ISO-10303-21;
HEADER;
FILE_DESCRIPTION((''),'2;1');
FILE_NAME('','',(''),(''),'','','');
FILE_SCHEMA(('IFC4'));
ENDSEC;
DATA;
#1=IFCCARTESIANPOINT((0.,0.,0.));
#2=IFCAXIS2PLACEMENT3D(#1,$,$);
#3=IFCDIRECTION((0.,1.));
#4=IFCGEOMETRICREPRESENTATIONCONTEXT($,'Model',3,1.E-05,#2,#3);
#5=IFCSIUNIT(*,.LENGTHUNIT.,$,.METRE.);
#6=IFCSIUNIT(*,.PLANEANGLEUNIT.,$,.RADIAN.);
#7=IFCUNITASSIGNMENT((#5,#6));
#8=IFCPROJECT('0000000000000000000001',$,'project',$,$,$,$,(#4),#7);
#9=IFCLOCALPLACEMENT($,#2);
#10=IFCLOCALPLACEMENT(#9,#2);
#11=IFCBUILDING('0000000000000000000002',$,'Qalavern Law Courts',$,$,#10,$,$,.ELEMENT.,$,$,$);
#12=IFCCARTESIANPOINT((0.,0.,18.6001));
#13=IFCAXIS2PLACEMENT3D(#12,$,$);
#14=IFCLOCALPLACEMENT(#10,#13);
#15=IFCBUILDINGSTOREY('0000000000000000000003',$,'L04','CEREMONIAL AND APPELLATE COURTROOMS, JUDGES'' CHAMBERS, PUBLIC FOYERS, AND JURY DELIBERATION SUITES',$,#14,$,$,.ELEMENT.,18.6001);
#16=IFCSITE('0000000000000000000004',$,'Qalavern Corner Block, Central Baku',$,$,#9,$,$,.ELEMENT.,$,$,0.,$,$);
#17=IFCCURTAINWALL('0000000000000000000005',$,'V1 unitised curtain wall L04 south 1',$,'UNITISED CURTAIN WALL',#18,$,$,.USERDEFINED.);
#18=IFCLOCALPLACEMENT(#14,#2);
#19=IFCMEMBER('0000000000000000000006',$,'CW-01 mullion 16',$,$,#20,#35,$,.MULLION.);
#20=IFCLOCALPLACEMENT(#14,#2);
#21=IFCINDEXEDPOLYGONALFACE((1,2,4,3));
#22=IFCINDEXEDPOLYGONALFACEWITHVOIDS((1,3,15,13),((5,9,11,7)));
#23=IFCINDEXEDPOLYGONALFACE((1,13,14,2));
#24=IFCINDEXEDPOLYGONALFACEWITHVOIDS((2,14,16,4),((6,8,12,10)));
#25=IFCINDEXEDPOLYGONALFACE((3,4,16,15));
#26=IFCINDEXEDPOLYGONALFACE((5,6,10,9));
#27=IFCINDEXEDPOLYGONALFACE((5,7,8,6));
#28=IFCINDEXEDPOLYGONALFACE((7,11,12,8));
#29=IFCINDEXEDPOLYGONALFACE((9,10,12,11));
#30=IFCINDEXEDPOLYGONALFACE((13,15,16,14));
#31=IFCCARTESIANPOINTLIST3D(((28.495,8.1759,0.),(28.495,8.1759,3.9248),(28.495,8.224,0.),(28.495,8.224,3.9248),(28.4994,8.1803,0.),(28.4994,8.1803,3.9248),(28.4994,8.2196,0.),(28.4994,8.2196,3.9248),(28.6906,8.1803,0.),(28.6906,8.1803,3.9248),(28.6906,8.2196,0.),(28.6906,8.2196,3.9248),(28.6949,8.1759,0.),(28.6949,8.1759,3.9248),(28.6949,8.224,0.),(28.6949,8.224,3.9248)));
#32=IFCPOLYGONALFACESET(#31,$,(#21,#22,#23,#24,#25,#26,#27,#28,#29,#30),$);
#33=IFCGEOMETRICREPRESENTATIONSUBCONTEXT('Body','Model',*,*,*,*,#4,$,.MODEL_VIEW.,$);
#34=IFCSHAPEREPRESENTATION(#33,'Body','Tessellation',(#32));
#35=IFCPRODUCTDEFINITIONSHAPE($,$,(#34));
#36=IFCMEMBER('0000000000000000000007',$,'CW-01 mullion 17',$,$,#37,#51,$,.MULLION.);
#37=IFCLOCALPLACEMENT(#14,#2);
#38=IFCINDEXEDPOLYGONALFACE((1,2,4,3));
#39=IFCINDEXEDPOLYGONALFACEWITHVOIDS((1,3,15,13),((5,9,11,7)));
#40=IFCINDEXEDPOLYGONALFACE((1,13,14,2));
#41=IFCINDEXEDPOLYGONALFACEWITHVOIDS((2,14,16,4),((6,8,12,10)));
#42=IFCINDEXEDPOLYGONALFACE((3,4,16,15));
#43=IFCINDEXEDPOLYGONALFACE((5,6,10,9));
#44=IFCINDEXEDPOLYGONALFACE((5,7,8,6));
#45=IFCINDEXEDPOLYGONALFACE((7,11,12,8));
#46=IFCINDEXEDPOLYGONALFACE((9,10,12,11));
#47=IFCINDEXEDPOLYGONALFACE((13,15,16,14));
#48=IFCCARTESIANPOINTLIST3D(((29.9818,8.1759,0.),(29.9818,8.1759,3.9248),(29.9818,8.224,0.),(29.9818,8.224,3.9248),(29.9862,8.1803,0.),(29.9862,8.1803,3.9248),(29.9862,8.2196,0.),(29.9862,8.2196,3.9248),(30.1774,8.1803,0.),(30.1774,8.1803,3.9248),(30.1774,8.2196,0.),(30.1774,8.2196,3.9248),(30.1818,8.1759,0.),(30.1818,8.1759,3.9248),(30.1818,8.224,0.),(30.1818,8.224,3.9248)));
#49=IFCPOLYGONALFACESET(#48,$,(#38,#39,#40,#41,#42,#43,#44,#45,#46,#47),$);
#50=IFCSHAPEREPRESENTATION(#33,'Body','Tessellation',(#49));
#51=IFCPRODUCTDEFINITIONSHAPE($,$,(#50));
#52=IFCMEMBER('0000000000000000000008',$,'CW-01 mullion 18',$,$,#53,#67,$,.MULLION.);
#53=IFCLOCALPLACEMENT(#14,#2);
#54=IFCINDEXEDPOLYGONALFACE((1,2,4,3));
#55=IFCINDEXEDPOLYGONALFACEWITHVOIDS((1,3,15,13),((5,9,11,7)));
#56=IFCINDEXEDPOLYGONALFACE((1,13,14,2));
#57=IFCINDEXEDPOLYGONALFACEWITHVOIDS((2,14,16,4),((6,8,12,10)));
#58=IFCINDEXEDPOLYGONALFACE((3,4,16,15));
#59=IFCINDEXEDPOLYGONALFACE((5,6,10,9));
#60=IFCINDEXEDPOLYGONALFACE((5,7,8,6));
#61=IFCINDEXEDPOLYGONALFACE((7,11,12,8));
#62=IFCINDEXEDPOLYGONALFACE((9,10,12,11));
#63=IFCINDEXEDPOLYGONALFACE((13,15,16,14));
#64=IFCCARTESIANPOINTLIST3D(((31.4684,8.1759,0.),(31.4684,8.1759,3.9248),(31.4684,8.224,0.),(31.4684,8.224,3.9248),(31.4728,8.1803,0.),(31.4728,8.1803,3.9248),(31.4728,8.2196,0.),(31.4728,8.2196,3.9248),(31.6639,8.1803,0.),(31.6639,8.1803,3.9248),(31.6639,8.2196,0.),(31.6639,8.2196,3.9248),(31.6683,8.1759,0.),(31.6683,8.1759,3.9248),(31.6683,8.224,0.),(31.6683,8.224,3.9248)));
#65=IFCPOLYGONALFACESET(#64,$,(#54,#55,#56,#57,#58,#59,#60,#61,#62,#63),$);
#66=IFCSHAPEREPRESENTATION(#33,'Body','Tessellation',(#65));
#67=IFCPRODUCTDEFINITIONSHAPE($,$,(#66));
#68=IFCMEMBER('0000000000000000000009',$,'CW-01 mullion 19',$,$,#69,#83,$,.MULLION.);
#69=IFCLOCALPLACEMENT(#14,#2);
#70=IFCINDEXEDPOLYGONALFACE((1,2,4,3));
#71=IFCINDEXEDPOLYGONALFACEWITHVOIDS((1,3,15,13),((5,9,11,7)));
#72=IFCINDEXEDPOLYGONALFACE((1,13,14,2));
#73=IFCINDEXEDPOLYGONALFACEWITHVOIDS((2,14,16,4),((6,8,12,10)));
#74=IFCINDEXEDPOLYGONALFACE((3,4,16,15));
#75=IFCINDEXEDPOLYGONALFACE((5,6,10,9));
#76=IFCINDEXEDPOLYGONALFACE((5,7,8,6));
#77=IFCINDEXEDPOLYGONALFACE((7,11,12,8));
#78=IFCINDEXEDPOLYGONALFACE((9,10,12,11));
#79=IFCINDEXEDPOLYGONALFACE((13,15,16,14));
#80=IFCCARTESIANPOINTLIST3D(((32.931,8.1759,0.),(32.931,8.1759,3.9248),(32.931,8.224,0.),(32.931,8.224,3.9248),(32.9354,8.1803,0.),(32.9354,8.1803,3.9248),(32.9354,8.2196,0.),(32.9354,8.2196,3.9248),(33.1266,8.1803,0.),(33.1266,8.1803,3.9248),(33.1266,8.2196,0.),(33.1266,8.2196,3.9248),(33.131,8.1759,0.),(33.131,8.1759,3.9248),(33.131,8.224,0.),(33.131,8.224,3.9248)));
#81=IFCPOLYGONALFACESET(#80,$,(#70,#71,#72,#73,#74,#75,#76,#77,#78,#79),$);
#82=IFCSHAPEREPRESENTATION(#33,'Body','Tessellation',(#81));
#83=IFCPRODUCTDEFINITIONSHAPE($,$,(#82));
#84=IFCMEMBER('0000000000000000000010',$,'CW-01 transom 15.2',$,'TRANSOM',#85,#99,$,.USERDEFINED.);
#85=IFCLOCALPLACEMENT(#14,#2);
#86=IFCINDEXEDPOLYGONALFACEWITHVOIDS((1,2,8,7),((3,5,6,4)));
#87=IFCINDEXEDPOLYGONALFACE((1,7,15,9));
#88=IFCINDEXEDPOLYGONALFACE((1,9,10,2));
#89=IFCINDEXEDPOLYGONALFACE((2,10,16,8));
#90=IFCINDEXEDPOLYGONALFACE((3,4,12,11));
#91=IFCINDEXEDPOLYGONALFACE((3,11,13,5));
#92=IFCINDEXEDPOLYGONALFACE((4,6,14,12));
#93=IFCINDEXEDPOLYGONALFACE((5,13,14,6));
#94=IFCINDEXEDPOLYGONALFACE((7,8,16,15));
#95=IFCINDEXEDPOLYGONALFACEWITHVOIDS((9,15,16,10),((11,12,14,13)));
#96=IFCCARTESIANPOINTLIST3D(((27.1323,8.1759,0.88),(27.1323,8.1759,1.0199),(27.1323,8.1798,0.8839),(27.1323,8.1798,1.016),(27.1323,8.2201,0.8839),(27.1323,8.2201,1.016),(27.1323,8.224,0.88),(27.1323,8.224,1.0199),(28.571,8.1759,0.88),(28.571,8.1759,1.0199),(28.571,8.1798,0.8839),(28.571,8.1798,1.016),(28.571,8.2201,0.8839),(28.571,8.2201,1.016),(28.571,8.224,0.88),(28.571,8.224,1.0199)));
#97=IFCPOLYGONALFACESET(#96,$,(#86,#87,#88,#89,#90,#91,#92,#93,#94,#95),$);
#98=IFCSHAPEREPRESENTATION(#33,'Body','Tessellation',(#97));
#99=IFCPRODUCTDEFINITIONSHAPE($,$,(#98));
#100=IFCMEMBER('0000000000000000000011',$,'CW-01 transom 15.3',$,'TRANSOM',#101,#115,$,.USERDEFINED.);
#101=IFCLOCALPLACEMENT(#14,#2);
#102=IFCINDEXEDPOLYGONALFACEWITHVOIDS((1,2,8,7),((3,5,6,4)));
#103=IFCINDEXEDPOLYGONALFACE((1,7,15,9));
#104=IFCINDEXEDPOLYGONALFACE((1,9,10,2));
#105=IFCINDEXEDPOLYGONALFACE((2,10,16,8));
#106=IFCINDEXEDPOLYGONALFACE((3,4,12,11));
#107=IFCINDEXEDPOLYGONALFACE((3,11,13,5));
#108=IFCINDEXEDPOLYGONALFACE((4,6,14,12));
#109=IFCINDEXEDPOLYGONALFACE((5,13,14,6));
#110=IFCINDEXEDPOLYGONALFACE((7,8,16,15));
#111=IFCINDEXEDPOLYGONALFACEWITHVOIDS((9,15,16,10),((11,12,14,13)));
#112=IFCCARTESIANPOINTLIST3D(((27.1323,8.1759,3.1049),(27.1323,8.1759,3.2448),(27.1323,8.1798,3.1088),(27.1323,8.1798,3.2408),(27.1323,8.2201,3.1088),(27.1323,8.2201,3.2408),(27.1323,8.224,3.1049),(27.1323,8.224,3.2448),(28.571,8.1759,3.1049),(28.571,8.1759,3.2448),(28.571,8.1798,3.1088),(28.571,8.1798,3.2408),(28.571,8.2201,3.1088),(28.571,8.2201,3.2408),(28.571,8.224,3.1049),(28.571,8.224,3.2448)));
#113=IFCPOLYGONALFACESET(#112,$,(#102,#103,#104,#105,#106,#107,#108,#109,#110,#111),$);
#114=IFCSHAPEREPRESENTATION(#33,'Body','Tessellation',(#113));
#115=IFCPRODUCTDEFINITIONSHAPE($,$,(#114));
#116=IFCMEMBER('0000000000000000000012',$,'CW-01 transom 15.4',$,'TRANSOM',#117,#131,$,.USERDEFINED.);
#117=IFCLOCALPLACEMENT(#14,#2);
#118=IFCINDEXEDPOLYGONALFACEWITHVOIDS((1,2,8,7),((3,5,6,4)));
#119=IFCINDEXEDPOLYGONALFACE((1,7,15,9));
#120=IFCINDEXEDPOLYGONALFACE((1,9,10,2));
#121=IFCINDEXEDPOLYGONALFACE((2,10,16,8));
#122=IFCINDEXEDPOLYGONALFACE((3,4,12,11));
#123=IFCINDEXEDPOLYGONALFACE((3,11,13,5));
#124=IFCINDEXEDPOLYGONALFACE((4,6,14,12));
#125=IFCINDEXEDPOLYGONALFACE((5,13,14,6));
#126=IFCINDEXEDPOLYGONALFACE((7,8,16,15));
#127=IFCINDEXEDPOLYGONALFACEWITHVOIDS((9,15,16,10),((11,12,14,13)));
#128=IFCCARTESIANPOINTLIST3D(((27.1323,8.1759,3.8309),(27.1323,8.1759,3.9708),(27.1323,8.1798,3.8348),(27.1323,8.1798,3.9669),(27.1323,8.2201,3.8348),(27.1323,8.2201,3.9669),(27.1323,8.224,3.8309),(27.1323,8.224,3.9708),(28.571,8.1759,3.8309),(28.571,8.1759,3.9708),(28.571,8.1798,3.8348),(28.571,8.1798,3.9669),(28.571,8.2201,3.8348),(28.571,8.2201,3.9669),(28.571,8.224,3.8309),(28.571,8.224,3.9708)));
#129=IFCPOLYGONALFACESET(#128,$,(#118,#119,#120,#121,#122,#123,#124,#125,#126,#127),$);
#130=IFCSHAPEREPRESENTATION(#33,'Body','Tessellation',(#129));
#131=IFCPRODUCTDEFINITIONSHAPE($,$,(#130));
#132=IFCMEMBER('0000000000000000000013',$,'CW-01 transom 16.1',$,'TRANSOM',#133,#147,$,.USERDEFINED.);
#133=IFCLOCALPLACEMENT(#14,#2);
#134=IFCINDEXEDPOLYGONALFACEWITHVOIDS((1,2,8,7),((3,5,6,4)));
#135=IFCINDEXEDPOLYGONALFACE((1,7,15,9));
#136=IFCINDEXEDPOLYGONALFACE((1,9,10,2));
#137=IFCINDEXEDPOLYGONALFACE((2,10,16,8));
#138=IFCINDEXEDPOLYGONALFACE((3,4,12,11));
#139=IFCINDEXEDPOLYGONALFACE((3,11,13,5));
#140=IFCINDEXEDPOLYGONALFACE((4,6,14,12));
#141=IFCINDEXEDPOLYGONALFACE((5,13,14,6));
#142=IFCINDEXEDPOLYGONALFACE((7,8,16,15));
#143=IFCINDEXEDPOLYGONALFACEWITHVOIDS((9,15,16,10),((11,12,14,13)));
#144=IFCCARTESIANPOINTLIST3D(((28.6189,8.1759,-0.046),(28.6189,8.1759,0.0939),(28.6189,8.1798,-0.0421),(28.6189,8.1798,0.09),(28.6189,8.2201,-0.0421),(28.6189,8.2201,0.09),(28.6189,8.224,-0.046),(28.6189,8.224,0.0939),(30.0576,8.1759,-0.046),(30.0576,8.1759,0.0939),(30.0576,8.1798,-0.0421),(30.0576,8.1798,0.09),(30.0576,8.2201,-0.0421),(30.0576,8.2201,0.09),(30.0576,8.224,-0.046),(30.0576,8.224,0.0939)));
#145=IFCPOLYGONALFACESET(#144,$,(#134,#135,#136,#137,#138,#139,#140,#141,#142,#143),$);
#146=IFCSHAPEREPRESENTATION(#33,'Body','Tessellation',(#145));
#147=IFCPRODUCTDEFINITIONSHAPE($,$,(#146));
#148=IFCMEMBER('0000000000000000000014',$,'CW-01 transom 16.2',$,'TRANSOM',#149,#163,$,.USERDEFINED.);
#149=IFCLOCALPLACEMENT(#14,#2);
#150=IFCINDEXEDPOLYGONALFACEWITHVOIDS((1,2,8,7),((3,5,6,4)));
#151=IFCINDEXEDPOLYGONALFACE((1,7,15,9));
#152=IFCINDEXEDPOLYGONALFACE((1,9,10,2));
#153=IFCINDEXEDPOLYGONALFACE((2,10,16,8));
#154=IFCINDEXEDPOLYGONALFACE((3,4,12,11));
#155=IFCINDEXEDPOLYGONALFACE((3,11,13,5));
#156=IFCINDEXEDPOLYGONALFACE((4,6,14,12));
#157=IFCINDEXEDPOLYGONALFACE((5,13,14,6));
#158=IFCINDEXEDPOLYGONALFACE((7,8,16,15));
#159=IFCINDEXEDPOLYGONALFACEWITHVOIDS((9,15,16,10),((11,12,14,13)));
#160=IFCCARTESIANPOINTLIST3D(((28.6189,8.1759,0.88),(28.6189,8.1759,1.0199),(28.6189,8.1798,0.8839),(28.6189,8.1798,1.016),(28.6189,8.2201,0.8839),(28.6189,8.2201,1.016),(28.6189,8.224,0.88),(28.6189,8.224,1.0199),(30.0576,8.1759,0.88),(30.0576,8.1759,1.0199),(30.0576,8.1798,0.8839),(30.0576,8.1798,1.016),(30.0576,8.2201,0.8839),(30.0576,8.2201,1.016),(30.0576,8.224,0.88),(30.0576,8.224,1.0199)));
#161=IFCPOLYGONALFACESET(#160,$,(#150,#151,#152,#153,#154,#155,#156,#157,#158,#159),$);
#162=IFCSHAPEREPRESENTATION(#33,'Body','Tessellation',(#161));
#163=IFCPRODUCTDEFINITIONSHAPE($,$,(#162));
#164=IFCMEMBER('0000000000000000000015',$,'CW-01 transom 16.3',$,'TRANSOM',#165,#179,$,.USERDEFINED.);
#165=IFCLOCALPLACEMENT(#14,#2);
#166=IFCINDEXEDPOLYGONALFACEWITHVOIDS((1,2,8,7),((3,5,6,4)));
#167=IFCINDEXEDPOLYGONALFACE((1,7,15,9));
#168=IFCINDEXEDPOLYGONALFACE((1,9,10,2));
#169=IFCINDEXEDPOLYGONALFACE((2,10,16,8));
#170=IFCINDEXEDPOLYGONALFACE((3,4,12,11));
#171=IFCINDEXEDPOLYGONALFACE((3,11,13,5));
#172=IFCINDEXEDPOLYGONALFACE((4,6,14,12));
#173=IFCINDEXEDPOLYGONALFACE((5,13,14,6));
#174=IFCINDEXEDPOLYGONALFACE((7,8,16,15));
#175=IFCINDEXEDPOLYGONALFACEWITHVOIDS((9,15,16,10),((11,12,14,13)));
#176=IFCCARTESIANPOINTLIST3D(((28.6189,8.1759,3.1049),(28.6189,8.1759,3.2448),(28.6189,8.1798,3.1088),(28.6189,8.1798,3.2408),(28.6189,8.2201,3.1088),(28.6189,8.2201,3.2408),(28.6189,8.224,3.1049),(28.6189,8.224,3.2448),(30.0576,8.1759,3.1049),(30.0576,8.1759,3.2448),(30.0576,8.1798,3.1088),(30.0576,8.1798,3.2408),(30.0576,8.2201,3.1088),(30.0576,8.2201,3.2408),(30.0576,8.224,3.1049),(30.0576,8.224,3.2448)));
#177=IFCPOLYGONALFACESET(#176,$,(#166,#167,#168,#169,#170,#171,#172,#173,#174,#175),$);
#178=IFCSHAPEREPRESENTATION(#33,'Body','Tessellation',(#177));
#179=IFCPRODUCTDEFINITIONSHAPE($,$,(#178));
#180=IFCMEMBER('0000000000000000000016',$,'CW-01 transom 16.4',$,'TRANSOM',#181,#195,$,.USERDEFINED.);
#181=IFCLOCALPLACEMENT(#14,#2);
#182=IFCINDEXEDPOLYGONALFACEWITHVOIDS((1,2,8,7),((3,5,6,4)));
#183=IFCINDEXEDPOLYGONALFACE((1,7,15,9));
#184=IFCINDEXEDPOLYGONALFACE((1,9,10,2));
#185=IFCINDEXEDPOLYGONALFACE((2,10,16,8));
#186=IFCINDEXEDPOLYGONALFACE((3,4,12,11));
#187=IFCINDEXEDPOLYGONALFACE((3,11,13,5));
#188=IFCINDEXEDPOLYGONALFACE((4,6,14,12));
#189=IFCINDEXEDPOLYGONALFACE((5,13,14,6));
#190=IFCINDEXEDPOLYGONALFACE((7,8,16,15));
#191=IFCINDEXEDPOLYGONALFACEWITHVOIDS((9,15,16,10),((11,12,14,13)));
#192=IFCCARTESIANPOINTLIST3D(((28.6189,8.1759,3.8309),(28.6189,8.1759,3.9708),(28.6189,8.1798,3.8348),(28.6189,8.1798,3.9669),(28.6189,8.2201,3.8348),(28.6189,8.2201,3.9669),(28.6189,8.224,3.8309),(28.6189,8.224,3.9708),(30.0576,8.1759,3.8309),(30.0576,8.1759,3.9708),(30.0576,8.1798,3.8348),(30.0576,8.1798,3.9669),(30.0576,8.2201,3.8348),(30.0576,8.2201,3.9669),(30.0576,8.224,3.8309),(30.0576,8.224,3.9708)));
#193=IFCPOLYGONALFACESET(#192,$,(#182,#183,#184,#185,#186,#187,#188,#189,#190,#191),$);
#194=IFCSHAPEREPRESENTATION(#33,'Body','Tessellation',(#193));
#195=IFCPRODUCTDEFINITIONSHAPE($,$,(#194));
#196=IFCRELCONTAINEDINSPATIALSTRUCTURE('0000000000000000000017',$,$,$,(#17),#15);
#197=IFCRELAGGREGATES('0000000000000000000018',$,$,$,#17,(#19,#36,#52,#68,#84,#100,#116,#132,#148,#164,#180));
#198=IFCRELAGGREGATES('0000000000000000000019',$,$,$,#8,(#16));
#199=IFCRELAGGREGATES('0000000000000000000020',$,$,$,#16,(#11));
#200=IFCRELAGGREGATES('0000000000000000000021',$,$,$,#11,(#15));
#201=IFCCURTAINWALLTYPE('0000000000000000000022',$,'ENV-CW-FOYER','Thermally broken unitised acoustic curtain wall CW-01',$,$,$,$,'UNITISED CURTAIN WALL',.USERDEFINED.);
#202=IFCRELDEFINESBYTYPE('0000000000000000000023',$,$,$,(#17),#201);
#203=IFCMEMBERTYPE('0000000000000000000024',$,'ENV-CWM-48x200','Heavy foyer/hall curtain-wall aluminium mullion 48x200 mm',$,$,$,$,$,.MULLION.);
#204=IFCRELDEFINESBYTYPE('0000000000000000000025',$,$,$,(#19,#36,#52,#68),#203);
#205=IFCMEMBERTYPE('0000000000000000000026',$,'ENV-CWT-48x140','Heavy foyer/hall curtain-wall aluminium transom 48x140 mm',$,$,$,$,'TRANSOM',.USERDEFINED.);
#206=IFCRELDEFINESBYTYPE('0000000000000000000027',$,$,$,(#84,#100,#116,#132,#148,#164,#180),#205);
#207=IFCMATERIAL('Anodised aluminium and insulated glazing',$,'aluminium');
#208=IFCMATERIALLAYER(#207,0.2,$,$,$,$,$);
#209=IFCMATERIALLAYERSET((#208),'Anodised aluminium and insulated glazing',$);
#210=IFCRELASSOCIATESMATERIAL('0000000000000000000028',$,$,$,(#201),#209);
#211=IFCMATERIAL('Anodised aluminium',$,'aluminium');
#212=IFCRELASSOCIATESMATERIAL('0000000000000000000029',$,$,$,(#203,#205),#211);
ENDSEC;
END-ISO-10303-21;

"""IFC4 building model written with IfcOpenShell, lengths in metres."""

from ifc_helpers import new_model, si_unit, direction, frame, origin, origin_2d, place, context, subcontext, project, spatial, hollow_rectangle, extrude, material, layer, layer_set, material_profile, profile_set, type_object, element, aggregate, save


model = new_model("IFC4")

# Units and contexts
model_context = context("Model", 3, precision=1e-05, world=origin(), true_north=direction((0.0, 1.0)))
body_context = subcontext(model_context, "Body", "Model", "MODEL_VIEW")
ifc_project = project(units=[si_unit("LENGTHUNIT", "METRE"), si_unit("PLANEANGLEUNIT", "RADIAN")], contexts=[model_context])

# Site, building, storey
site_placement = place(None, origin())
site = spatial("IfcSite", under=ifc_project, at=site_placement, Name="Qalavern Corner Block, Central Baku", CompositionType="ELEMENT", RefElevation=0.0)
building_placement = place(site_placement, origin())
building = spatial("IfcBuilding", under=site, at=building_placement, Name="Qalavern Law Courts", CompositionType="ELEMENT")
storey_placement = place(building_placement, frame((0.0, 0.0, 18.6001)))
storey = spatial("IfcBuildingStorey", under=building, at=storey_placement, Name="L04", Description="CEREMONIAL AND APPELLATE COURTROOMS, JUDGES' CHAMBERS, PUBLIC FOYERS, AND JURY DELIBERATION SUITES", CompositionType="ELEMENT", Elevation=18.6001)

# Curtain wall, members
ifc_material_1 = material(Name="Anodised aluminium and insulated glazing", Category="aluminium")
ifc_layer_1 = layer(ifc_material_1, 0.2)
ifc_layer_set_1 = layer_set([ifc_layer_1], Name="Anodised aluminium and insulated glazing")
curtain_wall_type = type_object("IfcCurtainWallType", Name="ENV-CW-FOYER", Description="Thermally broken unitised acoustic curtain wall CW-01", ElementType="UNITISED CURTAIN WALL", PredefinedType="USERDEFINED", material=ifc_layer_set_1)
curtain_wall_placement = place(storey_placement, origin())
curtain_wall = element("IfcCurtainWall", 1, at=curtain_wall_placement, inside=storey, type_object=curtain_wall_type, Name="V1 unitised curtain wall L04 south 1", ObjectType="UNITISED CURTAIN WALL", PredefinedType="USERDEFINED")
ifc_material_2 = material(Name="Anodised aluminium", Category="aluminium")
ifc_material_profile_1 = material_profile(ifc_material_2, hollow_rectangle(XDim=0.0481, YDim=0.2, WallThickness=0.0044, at=origin_2d()), Name="ALU MULLION 48x200")
ifc_profile_set_1 = profile_set([ifc_material_profile_1], Name="Anodised aluminium")
member_type_1 = type_object("IfcMemberType", Name="ENV-CWM-48x200", Description="Heavy foyer/hall curtain-wall aluminium mullion 48x200 mm", PredefinedType="MULLION", material=ifc_profile_set_1)
member_1_placement = place(storey_placement, frame((28.595, 8.2, 0.0), z_axis=(0.0, 0.0, 1.0), x_axis=(0.0, 1.0, 0.0)))
member_1 = element("IfcMember", 2, at=member_1_placement, type_object=member_type_1, Name="CW-01 mullion 16", PredefinedType="MULLION", context=body_context, shape_type="SweptSolid", body=[
    extrude(hollow_rectangle(XDim=0.0481, YDim=0.2, WallThickness=0.0044, at=origin_2d()), origin(), (0.0, 0.0, 1.0), 3.9248),
])
member_2_placement = place(storey_placement, frame((30.0818, 8.2, 0.0), z_axis=(0.0, 0.0, 1.0), x_axis=(0.0, 1.0, 0.0)))
member_2 = element("IfcMember", 3, at=member_2_placement, type_object=member_type_1, Name="CW-01 mullion 17", PredefinedType="MULLION", context=body_context, shape_type="SweptSolid", body=[
    extrude(hollow_rectangle(XDim=0.0481, YDim=0.2, WallThickness=0.0044, at=origin_2d()), origin(), (0.0, 0.0, 1.0), 3.9248),
])
member_3_placement = place(storey_placement, frame((31.5684, 8.2, 0.0), z_axis=(0.0, 0.0, 1.0), x_axis=(0.0, 1.0, 0.0)))
member_3 = element("IfcMember", 4, at=member_3_placement, type_object=member_type_1, Name="CW-01 mullion 18", PredefinedType="MULLION", context=body_context, shape_type="SweptSolid", body=[
    extrude(hollow_rectangle(XDim=0.0481, YDim=0.2, WallThickness=0.0044, at=origin_2d()), origin(), (0.0, 0.0, 1.0), 3.9248),
])
member_4_placement = place(storey_placement, frame((33.031, 8.2, 0.0), z_axis=(0.0, 0.0, 1.0), x_axis=(0.0, 1.0, 0.0)))
member_4 = element("IfcMember", 5, at=member_4_placement, type_object=member_type_1, Name="CW-01 mullion 19", PredefinedType="MULLION", context=body_context, shape_type="SweptSolid", body=[
    extrude(hollow_rectangle(XDim=0.0481, YDim=0.2, WallThickness=0.0044, at=origin_2d()), origin(), (0.0, 0.0, 1.0), 3.9248),
])
ifc_material_profile_2 = material_profile(ifc_material_2, hollow_rectangle(XDim=0.0481, YDim=0.1399, WallThickness=0.0039, at=origin_2d()), Name="ALU TRANSOM 48x140")
ifc_profile_set_2 = profile_set([ifc_material_profile_2], Name="Anodised aluminium")
member_type_2 = type_object("IfcMemberType", Name="ENV-CWT-48x140", Description="Heavy foyer/hall curtain-wall aluminium transom 48x140 mm", ElementType="TRANSOM", PredefinedType="USERDEFINED", material=ifc_profile_set_2)
member_5_placement = place(storey_placement, frame((27.1323, 8.2, 0.95), z_axis=(1.0, 0.0, 0.0), x_axis=(0.0, 1.0, 0.0)))
member_5 = element("IfcMember", 6, at=member_5_placement, type_object=member_type_2, Name="CW-01 transom 15.2", ObjectType="TRANSOM", PredefinedType="USERDEFINED", context=body_context, shape_type="SweptSolid", body=[
    extrude(hollow_rectangle(XDim=0.0481, YDim=0.1399, WallThickness=0.0039, at=origin_2d()), origin(), (0.0, 0.0, 1.0), 1.4387),
])
member_6_placement = place(storey_placement, frame((27.1323, 8.2, 3.1748), z_axis=(1.0, 0.0, 0.0), x_axis=(0.0, 1.0, 0.0)))
member_6 = element("IfcMember", 7, at=member_6_placement, type_object=member_type_2, Name="CW-01 transom 15.3", ObjectType="TRANSOM", PredefinedType="USERDEFINED", context=body_context, shape_type="SweptSolid", body=[
    extrude(hollow_rectangle(XDim=0.0481, YDim=0.1399, WallThickness=0.0039, at=origin_2d()), origin(), (0.0, 0.0, 1.0), 1.4387),
])
member_7_placement = place(storey_placement, frame((27.1323, 8.2, 3.9009), z_axis=(1.0, 0.0, 0.0), x_axis=(0.0, 1.0, 0.0)))
member_7 = element("IfcMember", 8, at=member_7_placement, type_object=member_type_2, Name="CW-01 transom 15.4", ObjectType="TRANSOM", PredefinedType="USERDEFINED", context=body_context, shape_type="SweptSolid", body=[
    extrude(hollow_rectangle(XDim=0.0481, YDim=0.1399, WallThickness=0.0039, at=origin_2d()), origin(), (0.0, 0.0, 1.0), 1.4387),
])
member_8_placement = place(storey_placement, frame((28.6189, 8.2, 0.0239), z_axis=(1.0, 0.0, 0.0), x_axis=(0.0, 1.0, 0.0)))
member_8 = element("IfcMember", 9, at=member_8_placement, type_object=member_type_2, Name="CW-01 transom 16.1", ObjectType="TRANSOM", PredefinedType="USERDEFINED", context=body_context, shape_type="SweptSolid", body=[
    extrude(hollow_rectangle(XDim=0.0481, YDim=0.1399, WallThickness=0.0039, at=origin_2d()), origin(), (0.0, 0.0, 1.0), 1.4387),
])
member_9_placement = place(storey_placement, frame((28.6189, 8.2, 0.95), z_axis=(1.0, 0.0, 0.0), x_axis=(0.0, 1.0, 0.0)))
member_9 = element("IfcMember", 10, at=member_9_placement, type_object=member_type_2, Name="CW-01 transom 16.2", ObjectType="TRANSOM", PredefinedType="USERDEFINED", context=body_context, shape_type="SweptSolid", body=[
    extrude(hollow_rectangle(XDim=0.0481, YDim=0.1399, WallThickness=0.0039, at=origin_2d()), origin(), (0.0, 0.0, 1.0), 1.4387),
])
member_10_placement = place(storey_placement, frame((28.6189, 8.2, 3.1748), z_axis=(1.0, 0.0, 0.0), x_axis=(0.0, 1.0, 0.0)))
member_10 = element("IfcMember", 11, at=member_10_placement, type_object=member_type_2, Name="CW-01 transom 16.3", ObjectType="TRANSOM", PredefinedType="USERDEFINED", context=body_context, shape_type="SweptSolid", body=[
    extrude(hollow_rectangle(XDim=0.0481, YDim=0.1399, WallThickness=0.0039, at=origin_2d()), origin(), (0.0, 0.0, 1.0), 1.4387),
])
member_11_placement = place(storey_placement, frame((28.6189, 8.2, 3.9009), z_axis=(1.0, 0.0, 0.0), x_axis=(0.0, 1.0, 0.0)))
member_11 = element("IfcMember", 12, at=member_11_placement, type_object=member_type_2, Name="CW-01 transom 16.4", ObjectType="TRANSOM", PredefinedType="USERDEFINED", context=body_context, shape_type="SweptSolid", body=[
    extrude(hollow_rectangle(XDim=0.0481, YDim=0.1399, WallThickness=0.0039, at=origin_2d()), origin(), (0.0, 0.0, 1.0), 1.4387),
])

aggregate(curtain_wall, [member_1, member_2, member_3, member_4, member_5, member_6, member_7, member_8, member_9, member_10, member_11])

save(model, "model.ifc")
